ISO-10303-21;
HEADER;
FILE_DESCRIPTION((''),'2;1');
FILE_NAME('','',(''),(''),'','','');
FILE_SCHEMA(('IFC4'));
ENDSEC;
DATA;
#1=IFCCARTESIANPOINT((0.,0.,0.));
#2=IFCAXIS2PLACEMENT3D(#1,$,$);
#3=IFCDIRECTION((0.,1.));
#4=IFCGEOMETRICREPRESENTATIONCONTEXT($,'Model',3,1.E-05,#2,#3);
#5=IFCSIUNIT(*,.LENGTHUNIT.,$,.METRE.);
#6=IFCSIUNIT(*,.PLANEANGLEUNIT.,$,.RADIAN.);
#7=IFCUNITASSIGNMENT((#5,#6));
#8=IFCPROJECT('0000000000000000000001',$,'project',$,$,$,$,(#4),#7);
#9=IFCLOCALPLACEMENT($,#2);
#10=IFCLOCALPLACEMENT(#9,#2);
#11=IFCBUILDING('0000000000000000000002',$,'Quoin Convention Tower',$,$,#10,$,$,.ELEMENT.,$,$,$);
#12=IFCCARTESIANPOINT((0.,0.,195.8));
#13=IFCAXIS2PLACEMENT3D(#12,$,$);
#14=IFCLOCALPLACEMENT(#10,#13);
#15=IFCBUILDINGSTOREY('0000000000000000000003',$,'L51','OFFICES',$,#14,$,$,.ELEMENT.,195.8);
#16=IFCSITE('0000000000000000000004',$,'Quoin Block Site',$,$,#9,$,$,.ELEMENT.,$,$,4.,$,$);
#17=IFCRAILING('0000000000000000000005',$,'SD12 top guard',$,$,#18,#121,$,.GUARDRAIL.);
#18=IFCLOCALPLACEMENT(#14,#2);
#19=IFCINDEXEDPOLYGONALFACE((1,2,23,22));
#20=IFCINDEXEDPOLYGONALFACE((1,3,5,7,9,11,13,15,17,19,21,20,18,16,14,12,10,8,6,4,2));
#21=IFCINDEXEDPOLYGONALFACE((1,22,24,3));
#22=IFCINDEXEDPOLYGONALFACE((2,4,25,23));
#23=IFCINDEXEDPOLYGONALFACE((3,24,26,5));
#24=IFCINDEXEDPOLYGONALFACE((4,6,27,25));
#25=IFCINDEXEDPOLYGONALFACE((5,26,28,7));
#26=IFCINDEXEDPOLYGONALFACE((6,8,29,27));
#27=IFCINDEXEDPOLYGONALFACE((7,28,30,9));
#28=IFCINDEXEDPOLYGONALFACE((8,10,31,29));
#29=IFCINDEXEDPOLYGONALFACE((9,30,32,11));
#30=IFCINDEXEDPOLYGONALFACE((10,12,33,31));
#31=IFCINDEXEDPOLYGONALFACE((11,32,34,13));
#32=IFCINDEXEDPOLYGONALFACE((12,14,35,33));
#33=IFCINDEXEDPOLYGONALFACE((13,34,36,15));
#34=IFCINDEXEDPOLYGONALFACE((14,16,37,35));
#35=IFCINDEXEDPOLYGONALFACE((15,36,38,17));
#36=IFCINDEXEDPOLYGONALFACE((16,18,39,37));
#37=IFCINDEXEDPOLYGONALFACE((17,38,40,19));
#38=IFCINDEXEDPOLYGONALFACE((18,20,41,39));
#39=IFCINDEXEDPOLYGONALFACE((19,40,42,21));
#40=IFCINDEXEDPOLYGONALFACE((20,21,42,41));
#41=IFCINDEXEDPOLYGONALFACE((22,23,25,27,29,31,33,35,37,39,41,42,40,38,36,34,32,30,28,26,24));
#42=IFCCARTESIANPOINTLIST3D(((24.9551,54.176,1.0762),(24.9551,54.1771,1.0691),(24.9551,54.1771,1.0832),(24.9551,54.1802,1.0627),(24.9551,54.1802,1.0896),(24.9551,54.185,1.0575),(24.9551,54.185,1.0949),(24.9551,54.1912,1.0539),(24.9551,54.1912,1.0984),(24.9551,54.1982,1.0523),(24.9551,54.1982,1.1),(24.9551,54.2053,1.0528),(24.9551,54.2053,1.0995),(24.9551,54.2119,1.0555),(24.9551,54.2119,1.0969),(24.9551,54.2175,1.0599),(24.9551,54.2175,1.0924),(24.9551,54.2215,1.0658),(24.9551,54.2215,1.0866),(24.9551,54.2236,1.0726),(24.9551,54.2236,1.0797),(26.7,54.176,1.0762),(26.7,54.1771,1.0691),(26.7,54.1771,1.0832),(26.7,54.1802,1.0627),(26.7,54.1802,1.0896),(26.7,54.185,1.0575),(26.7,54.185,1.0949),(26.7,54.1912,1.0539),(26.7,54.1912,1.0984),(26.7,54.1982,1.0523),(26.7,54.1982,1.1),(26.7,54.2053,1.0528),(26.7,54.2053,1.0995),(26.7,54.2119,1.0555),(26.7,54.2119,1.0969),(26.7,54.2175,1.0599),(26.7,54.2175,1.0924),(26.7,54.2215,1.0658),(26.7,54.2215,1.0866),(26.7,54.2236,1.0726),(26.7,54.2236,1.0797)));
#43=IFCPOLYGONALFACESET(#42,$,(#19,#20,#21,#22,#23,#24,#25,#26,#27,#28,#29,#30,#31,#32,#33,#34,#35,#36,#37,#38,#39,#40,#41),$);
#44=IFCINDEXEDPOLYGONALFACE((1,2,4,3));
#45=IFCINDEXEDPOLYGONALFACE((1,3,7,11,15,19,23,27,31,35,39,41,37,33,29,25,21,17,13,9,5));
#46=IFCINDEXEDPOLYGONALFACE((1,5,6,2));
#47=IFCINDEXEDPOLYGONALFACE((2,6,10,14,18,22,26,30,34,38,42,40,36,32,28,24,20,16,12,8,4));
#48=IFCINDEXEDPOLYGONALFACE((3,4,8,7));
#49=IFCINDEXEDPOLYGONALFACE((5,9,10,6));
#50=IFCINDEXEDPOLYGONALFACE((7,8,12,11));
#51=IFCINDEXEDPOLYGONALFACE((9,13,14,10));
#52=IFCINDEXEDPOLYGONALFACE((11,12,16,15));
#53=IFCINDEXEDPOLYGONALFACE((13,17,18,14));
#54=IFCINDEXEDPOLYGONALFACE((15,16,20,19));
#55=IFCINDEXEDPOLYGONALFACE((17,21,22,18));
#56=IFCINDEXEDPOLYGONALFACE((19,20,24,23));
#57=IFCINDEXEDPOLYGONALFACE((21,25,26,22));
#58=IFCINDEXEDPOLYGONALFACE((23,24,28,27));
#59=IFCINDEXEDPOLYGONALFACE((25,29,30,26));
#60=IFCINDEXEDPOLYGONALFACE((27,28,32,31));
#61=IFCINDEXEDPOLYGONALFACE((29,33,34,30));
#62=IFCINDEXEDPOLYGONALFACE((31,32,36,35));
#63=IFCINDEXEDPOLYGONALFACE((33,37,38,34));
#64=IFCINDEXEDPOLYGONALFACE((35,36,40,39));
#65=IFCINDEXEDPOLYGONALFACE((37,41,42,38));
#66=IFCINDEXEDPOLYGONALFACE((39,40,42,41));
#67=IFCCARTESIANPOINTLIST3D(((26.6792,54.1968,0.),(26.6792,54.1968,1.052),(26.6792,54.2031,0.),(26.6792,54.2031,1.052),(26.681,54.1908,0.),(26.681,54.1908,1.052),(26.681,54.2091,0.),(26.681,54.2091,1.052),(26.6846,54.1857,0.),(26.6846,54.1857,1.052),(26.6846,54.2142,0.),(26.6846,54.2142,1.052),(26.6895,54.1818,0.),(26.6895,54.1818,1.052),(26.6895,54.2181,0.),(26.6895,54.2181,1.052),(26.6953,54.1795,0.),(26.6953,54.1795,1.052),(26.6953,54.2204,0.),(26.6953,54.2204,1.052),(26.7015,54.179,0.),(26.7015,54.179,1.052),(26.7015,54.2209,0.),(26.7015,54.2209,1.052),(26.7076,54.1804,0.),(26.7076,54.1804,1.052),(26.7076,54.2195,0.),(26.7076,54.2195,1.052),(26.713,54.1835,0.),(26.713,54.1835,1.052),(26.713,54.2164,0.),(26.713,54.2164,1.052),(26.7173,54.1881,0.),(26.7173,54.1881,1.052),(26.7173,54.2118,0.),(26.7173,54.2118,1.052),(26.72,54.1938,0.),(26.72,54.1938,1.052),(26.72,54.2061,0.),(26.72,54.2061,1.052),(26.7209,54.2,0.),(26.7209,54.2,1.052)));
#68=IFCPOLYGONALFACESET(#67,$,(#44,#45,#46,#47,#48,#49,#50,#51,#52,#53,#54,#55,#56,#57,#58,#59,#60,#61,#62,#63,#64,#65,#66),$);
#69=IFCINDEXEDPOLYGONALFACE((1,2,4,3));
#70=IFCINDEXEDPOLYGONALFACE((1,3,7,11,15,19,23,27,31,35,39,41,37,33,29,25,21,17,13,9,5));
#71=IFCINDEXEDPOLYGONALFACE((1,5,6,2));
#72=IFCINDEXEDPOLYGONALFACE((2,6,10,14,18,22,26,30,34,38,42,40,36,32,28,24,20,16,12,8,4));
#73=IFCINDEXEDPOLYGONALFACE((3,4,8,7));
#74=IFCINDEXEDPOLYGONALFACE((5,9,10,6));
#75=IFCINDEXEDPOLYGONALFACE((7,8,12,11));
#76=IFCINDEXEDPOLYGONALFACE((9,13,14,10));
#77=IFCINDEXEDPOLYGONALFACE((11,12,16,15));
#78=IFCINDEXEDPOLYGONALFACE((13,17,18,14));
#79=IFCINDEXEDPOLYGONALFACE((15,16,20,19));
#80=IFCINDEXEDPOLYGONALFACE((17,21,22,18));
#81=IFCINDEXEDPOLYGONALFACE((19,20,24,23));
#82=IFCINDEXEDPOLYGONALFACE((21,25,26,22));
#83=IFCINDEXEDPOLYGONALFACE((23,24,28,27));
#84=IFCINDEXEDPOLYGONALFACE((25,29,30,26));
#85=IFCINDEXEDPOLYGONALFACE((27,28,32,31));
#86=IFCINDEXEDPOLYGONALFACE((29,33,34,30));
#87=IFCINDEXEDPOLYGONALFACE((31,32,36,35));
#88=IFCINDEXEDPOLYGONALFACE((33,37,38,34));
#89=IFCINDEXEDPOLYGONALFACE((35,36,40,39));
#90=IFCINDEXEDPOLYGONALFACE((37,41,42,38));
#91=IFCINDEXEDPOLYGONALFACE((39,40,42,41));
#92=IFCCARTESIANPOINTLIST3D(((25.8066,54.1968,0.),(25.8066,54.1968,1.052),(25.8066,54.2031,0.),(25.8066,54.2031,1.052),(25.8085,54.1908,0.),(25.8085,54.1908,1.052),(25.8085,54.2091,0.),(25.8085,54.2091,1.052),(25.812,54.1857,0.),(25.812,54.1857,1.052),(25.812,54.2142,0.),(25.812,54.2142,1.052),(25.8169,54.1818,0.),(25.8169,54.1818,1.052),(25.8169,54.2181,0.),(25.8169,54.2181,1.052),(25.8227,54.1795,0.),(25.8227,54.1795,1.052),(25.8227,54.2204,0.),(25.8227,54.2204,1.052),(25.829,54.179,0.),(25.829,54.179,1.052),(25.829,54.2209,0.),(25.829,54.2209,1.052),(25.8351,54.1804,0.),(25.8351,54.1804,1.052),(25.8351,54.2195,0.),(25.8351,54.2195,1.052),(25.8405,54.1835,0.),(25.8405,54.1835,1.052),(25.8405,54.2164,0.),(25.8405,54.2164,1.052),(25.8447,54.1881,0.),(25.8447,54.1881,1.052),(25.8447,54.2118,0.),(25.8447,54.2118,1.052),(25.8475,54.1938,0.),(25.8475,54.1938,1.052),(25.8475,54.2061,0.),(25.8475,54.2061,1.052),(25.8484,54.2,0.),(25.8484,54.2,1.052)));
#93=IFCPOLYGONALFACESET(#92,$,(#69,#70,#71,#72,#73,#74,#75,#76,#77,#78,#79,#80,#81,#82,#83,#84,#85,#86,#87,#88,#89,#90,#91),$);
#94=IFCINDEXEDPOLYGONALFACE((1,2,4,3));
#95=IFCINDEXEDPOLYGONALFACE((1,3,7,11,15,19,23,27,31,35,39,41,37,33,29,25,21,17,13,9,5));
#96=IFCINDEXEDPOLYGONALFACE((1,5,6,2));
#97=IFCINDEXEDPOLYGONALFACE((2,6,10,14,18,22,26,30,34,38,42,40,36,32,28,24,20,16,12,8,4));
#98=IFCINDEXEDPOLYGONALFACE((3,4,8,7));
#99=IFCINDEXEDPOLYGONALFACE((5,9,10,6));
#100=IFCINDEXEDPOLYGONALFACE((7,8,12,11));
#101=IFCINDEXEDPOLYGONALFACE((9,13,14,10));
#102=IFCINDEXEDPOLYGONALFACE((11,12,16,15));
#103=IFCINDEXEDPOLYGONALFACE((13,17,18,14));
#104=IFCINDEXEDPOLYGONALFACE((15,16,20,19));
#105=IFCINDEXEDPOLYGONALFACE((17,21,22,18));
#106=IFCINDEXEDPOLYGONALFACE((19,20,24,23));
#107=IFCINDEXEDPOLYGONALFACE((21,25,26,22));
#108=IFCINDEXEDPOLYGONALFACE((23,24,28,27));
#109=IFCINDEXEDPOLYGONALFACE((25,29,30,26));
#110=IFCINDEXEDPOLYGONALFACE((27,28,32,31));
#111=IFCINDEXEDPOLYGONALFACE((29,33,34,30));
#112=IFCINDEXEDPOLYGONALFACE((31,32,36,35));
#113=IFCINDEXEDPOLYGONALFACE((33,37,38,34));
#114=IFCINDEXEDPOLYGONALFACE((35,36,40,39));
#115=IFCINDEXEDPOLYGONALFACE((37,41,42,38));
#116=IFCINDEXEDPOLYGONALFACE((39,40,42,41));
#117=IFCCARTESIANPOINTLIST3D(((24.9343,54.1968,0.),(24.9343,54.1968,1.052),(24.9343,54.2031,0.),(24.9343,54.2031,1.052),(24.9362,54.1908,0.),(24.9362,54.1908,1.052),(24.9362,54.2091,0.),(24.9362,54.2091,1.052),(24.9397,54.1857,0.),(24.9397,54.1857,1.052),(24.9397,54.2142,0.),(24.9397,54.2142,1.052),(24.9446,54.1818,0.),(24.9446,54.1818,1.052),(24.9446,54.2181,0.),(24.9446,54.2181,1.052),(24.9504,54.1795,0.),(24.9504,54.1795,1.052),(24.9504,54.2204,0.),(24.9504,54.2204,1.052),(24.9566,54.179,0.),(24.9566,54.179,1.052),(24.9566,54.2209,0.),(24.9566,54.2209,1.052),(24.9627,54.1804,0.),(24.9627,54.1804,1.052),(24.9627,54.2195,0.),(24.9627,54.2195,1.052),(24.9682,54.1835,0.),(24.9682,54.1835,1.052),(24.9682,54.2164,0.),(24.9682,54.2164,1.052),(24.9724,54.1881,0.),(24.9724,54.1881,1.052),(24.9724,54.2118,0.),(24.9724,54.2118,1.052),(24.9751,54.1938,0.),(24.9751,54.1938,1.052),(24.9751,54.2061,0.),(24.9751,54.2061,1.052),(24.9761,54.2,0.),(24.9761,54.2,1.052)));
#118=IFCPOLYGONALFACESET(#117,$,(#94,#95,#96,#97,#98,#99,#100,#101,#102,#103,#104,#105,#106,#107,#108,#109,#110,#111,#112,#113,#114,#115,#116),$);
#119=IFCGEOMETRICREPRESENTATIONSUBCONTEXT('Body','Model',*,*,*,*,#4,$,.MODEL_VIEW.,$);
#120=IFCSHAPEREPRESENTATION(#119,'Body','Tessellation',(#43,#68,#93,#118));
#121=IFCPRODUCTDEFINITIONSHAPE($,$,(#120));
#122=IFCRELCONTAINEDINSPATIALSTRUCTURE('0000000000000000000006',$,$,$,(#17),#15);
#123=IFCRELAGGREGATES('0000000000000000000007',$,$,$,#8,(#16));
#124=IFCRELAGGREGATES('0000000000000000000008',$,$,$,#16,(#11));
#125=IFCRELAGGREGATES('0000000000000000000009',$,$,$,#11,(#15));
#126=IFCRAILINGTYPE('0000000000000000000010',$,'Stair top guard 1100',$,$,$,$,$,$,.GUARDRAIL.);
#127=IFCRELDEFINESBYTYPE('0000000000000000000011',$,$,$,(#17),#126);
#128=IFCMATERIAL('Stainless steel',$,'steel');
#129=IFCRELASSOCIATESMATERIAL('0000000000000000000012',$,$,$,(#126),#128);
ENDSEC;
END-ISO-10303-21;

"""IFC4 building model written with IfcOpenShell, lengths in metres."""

from ifc_helpers import new_model, si_unit, direction, frame, origin, origin_2d, place, context, subcontext, project, spatial, circle, extrude, material, type_object, element, save


model = new_model("IFC4")

# Units and contexts
model_context = context("Model", 3, precision=1e-05, world=origin(), true_north=direction((0.0, 1.0)))
body_context = subcontext(model_context, "Body", "Model", "MODEL_VIEW")
ifc_project = project(units=[si_unit("LENGTHUNIT", "METRE"), si_unit("PLANEANGLEUNIT", "RADIAN")], contexts=[model_context])

# Site, building, storey
site_placement = place(None, origin())
site = spatial("IfcSite", under=ifc_project, at=site_placement, Name="Quoin Block Site", CompositionType="ELEMENT", RefElevation=4.0)
building_placement = place(site_placement, origin())
building = spatial("IfcBuilding", under=site, at=building_placement, Name="Quoin Convention Tower", CompositionType="ELEMENT")
storey_placement = place(building_placement, frame((0.0, 0.0, 195.8)))
storey = spatial("IfcBuildingStorey", under=building, at=storey_placement, Name="L51", Description="OFFICES", CompositionType="ELEMENT", Elevation=195.8)

# Railing
ifc_material_1 = material(Name="Stainless steel", Category="steel")
railing_type_1 = type_object("IfcRailingType", Name="Stair top guard 1100", PredefinedType="GUARDRAIL", material=ifc_material_1)
railing_1_placement = place(storey_placement, frame((26.7, 54.2, 0.0)))
element("IfcRailing", 1, at=railing_1_placement, inside=storey, type_object=railing_type_1, Name="SD12 top guard", PredefinedType="GUARDRAIL", context=body_context, shape_type="SweptSolid", body=[
    extrude(circle(Radius=0.0239, at=origin_2d()), frame((0.0, 0.0, 1.0762), z_axis=(-1.0, 0.0, 0.0), x_axis=(0.0, -1.0, 0.0)), (0.0, 0.0, 1.0), 1.7449),
    extrude(circle(Radius=0.021, at=origin_2d()), origin(), (0.0, 0.0, 1.0), 1.052),
    extrude(circle(Radius=0.021, at=origin_2d()), frame((-0.8726, 0.0, 0.0)), (0.0, 0.0, 1.0), 1.052),
    extrude(circle(Radius=0.021, at=origin_2d()), frame((-1.7449, 0.0, 0.0)), (0.0, 0.0, 1.0), 1.052),
])

save(model, "model.ifc")
